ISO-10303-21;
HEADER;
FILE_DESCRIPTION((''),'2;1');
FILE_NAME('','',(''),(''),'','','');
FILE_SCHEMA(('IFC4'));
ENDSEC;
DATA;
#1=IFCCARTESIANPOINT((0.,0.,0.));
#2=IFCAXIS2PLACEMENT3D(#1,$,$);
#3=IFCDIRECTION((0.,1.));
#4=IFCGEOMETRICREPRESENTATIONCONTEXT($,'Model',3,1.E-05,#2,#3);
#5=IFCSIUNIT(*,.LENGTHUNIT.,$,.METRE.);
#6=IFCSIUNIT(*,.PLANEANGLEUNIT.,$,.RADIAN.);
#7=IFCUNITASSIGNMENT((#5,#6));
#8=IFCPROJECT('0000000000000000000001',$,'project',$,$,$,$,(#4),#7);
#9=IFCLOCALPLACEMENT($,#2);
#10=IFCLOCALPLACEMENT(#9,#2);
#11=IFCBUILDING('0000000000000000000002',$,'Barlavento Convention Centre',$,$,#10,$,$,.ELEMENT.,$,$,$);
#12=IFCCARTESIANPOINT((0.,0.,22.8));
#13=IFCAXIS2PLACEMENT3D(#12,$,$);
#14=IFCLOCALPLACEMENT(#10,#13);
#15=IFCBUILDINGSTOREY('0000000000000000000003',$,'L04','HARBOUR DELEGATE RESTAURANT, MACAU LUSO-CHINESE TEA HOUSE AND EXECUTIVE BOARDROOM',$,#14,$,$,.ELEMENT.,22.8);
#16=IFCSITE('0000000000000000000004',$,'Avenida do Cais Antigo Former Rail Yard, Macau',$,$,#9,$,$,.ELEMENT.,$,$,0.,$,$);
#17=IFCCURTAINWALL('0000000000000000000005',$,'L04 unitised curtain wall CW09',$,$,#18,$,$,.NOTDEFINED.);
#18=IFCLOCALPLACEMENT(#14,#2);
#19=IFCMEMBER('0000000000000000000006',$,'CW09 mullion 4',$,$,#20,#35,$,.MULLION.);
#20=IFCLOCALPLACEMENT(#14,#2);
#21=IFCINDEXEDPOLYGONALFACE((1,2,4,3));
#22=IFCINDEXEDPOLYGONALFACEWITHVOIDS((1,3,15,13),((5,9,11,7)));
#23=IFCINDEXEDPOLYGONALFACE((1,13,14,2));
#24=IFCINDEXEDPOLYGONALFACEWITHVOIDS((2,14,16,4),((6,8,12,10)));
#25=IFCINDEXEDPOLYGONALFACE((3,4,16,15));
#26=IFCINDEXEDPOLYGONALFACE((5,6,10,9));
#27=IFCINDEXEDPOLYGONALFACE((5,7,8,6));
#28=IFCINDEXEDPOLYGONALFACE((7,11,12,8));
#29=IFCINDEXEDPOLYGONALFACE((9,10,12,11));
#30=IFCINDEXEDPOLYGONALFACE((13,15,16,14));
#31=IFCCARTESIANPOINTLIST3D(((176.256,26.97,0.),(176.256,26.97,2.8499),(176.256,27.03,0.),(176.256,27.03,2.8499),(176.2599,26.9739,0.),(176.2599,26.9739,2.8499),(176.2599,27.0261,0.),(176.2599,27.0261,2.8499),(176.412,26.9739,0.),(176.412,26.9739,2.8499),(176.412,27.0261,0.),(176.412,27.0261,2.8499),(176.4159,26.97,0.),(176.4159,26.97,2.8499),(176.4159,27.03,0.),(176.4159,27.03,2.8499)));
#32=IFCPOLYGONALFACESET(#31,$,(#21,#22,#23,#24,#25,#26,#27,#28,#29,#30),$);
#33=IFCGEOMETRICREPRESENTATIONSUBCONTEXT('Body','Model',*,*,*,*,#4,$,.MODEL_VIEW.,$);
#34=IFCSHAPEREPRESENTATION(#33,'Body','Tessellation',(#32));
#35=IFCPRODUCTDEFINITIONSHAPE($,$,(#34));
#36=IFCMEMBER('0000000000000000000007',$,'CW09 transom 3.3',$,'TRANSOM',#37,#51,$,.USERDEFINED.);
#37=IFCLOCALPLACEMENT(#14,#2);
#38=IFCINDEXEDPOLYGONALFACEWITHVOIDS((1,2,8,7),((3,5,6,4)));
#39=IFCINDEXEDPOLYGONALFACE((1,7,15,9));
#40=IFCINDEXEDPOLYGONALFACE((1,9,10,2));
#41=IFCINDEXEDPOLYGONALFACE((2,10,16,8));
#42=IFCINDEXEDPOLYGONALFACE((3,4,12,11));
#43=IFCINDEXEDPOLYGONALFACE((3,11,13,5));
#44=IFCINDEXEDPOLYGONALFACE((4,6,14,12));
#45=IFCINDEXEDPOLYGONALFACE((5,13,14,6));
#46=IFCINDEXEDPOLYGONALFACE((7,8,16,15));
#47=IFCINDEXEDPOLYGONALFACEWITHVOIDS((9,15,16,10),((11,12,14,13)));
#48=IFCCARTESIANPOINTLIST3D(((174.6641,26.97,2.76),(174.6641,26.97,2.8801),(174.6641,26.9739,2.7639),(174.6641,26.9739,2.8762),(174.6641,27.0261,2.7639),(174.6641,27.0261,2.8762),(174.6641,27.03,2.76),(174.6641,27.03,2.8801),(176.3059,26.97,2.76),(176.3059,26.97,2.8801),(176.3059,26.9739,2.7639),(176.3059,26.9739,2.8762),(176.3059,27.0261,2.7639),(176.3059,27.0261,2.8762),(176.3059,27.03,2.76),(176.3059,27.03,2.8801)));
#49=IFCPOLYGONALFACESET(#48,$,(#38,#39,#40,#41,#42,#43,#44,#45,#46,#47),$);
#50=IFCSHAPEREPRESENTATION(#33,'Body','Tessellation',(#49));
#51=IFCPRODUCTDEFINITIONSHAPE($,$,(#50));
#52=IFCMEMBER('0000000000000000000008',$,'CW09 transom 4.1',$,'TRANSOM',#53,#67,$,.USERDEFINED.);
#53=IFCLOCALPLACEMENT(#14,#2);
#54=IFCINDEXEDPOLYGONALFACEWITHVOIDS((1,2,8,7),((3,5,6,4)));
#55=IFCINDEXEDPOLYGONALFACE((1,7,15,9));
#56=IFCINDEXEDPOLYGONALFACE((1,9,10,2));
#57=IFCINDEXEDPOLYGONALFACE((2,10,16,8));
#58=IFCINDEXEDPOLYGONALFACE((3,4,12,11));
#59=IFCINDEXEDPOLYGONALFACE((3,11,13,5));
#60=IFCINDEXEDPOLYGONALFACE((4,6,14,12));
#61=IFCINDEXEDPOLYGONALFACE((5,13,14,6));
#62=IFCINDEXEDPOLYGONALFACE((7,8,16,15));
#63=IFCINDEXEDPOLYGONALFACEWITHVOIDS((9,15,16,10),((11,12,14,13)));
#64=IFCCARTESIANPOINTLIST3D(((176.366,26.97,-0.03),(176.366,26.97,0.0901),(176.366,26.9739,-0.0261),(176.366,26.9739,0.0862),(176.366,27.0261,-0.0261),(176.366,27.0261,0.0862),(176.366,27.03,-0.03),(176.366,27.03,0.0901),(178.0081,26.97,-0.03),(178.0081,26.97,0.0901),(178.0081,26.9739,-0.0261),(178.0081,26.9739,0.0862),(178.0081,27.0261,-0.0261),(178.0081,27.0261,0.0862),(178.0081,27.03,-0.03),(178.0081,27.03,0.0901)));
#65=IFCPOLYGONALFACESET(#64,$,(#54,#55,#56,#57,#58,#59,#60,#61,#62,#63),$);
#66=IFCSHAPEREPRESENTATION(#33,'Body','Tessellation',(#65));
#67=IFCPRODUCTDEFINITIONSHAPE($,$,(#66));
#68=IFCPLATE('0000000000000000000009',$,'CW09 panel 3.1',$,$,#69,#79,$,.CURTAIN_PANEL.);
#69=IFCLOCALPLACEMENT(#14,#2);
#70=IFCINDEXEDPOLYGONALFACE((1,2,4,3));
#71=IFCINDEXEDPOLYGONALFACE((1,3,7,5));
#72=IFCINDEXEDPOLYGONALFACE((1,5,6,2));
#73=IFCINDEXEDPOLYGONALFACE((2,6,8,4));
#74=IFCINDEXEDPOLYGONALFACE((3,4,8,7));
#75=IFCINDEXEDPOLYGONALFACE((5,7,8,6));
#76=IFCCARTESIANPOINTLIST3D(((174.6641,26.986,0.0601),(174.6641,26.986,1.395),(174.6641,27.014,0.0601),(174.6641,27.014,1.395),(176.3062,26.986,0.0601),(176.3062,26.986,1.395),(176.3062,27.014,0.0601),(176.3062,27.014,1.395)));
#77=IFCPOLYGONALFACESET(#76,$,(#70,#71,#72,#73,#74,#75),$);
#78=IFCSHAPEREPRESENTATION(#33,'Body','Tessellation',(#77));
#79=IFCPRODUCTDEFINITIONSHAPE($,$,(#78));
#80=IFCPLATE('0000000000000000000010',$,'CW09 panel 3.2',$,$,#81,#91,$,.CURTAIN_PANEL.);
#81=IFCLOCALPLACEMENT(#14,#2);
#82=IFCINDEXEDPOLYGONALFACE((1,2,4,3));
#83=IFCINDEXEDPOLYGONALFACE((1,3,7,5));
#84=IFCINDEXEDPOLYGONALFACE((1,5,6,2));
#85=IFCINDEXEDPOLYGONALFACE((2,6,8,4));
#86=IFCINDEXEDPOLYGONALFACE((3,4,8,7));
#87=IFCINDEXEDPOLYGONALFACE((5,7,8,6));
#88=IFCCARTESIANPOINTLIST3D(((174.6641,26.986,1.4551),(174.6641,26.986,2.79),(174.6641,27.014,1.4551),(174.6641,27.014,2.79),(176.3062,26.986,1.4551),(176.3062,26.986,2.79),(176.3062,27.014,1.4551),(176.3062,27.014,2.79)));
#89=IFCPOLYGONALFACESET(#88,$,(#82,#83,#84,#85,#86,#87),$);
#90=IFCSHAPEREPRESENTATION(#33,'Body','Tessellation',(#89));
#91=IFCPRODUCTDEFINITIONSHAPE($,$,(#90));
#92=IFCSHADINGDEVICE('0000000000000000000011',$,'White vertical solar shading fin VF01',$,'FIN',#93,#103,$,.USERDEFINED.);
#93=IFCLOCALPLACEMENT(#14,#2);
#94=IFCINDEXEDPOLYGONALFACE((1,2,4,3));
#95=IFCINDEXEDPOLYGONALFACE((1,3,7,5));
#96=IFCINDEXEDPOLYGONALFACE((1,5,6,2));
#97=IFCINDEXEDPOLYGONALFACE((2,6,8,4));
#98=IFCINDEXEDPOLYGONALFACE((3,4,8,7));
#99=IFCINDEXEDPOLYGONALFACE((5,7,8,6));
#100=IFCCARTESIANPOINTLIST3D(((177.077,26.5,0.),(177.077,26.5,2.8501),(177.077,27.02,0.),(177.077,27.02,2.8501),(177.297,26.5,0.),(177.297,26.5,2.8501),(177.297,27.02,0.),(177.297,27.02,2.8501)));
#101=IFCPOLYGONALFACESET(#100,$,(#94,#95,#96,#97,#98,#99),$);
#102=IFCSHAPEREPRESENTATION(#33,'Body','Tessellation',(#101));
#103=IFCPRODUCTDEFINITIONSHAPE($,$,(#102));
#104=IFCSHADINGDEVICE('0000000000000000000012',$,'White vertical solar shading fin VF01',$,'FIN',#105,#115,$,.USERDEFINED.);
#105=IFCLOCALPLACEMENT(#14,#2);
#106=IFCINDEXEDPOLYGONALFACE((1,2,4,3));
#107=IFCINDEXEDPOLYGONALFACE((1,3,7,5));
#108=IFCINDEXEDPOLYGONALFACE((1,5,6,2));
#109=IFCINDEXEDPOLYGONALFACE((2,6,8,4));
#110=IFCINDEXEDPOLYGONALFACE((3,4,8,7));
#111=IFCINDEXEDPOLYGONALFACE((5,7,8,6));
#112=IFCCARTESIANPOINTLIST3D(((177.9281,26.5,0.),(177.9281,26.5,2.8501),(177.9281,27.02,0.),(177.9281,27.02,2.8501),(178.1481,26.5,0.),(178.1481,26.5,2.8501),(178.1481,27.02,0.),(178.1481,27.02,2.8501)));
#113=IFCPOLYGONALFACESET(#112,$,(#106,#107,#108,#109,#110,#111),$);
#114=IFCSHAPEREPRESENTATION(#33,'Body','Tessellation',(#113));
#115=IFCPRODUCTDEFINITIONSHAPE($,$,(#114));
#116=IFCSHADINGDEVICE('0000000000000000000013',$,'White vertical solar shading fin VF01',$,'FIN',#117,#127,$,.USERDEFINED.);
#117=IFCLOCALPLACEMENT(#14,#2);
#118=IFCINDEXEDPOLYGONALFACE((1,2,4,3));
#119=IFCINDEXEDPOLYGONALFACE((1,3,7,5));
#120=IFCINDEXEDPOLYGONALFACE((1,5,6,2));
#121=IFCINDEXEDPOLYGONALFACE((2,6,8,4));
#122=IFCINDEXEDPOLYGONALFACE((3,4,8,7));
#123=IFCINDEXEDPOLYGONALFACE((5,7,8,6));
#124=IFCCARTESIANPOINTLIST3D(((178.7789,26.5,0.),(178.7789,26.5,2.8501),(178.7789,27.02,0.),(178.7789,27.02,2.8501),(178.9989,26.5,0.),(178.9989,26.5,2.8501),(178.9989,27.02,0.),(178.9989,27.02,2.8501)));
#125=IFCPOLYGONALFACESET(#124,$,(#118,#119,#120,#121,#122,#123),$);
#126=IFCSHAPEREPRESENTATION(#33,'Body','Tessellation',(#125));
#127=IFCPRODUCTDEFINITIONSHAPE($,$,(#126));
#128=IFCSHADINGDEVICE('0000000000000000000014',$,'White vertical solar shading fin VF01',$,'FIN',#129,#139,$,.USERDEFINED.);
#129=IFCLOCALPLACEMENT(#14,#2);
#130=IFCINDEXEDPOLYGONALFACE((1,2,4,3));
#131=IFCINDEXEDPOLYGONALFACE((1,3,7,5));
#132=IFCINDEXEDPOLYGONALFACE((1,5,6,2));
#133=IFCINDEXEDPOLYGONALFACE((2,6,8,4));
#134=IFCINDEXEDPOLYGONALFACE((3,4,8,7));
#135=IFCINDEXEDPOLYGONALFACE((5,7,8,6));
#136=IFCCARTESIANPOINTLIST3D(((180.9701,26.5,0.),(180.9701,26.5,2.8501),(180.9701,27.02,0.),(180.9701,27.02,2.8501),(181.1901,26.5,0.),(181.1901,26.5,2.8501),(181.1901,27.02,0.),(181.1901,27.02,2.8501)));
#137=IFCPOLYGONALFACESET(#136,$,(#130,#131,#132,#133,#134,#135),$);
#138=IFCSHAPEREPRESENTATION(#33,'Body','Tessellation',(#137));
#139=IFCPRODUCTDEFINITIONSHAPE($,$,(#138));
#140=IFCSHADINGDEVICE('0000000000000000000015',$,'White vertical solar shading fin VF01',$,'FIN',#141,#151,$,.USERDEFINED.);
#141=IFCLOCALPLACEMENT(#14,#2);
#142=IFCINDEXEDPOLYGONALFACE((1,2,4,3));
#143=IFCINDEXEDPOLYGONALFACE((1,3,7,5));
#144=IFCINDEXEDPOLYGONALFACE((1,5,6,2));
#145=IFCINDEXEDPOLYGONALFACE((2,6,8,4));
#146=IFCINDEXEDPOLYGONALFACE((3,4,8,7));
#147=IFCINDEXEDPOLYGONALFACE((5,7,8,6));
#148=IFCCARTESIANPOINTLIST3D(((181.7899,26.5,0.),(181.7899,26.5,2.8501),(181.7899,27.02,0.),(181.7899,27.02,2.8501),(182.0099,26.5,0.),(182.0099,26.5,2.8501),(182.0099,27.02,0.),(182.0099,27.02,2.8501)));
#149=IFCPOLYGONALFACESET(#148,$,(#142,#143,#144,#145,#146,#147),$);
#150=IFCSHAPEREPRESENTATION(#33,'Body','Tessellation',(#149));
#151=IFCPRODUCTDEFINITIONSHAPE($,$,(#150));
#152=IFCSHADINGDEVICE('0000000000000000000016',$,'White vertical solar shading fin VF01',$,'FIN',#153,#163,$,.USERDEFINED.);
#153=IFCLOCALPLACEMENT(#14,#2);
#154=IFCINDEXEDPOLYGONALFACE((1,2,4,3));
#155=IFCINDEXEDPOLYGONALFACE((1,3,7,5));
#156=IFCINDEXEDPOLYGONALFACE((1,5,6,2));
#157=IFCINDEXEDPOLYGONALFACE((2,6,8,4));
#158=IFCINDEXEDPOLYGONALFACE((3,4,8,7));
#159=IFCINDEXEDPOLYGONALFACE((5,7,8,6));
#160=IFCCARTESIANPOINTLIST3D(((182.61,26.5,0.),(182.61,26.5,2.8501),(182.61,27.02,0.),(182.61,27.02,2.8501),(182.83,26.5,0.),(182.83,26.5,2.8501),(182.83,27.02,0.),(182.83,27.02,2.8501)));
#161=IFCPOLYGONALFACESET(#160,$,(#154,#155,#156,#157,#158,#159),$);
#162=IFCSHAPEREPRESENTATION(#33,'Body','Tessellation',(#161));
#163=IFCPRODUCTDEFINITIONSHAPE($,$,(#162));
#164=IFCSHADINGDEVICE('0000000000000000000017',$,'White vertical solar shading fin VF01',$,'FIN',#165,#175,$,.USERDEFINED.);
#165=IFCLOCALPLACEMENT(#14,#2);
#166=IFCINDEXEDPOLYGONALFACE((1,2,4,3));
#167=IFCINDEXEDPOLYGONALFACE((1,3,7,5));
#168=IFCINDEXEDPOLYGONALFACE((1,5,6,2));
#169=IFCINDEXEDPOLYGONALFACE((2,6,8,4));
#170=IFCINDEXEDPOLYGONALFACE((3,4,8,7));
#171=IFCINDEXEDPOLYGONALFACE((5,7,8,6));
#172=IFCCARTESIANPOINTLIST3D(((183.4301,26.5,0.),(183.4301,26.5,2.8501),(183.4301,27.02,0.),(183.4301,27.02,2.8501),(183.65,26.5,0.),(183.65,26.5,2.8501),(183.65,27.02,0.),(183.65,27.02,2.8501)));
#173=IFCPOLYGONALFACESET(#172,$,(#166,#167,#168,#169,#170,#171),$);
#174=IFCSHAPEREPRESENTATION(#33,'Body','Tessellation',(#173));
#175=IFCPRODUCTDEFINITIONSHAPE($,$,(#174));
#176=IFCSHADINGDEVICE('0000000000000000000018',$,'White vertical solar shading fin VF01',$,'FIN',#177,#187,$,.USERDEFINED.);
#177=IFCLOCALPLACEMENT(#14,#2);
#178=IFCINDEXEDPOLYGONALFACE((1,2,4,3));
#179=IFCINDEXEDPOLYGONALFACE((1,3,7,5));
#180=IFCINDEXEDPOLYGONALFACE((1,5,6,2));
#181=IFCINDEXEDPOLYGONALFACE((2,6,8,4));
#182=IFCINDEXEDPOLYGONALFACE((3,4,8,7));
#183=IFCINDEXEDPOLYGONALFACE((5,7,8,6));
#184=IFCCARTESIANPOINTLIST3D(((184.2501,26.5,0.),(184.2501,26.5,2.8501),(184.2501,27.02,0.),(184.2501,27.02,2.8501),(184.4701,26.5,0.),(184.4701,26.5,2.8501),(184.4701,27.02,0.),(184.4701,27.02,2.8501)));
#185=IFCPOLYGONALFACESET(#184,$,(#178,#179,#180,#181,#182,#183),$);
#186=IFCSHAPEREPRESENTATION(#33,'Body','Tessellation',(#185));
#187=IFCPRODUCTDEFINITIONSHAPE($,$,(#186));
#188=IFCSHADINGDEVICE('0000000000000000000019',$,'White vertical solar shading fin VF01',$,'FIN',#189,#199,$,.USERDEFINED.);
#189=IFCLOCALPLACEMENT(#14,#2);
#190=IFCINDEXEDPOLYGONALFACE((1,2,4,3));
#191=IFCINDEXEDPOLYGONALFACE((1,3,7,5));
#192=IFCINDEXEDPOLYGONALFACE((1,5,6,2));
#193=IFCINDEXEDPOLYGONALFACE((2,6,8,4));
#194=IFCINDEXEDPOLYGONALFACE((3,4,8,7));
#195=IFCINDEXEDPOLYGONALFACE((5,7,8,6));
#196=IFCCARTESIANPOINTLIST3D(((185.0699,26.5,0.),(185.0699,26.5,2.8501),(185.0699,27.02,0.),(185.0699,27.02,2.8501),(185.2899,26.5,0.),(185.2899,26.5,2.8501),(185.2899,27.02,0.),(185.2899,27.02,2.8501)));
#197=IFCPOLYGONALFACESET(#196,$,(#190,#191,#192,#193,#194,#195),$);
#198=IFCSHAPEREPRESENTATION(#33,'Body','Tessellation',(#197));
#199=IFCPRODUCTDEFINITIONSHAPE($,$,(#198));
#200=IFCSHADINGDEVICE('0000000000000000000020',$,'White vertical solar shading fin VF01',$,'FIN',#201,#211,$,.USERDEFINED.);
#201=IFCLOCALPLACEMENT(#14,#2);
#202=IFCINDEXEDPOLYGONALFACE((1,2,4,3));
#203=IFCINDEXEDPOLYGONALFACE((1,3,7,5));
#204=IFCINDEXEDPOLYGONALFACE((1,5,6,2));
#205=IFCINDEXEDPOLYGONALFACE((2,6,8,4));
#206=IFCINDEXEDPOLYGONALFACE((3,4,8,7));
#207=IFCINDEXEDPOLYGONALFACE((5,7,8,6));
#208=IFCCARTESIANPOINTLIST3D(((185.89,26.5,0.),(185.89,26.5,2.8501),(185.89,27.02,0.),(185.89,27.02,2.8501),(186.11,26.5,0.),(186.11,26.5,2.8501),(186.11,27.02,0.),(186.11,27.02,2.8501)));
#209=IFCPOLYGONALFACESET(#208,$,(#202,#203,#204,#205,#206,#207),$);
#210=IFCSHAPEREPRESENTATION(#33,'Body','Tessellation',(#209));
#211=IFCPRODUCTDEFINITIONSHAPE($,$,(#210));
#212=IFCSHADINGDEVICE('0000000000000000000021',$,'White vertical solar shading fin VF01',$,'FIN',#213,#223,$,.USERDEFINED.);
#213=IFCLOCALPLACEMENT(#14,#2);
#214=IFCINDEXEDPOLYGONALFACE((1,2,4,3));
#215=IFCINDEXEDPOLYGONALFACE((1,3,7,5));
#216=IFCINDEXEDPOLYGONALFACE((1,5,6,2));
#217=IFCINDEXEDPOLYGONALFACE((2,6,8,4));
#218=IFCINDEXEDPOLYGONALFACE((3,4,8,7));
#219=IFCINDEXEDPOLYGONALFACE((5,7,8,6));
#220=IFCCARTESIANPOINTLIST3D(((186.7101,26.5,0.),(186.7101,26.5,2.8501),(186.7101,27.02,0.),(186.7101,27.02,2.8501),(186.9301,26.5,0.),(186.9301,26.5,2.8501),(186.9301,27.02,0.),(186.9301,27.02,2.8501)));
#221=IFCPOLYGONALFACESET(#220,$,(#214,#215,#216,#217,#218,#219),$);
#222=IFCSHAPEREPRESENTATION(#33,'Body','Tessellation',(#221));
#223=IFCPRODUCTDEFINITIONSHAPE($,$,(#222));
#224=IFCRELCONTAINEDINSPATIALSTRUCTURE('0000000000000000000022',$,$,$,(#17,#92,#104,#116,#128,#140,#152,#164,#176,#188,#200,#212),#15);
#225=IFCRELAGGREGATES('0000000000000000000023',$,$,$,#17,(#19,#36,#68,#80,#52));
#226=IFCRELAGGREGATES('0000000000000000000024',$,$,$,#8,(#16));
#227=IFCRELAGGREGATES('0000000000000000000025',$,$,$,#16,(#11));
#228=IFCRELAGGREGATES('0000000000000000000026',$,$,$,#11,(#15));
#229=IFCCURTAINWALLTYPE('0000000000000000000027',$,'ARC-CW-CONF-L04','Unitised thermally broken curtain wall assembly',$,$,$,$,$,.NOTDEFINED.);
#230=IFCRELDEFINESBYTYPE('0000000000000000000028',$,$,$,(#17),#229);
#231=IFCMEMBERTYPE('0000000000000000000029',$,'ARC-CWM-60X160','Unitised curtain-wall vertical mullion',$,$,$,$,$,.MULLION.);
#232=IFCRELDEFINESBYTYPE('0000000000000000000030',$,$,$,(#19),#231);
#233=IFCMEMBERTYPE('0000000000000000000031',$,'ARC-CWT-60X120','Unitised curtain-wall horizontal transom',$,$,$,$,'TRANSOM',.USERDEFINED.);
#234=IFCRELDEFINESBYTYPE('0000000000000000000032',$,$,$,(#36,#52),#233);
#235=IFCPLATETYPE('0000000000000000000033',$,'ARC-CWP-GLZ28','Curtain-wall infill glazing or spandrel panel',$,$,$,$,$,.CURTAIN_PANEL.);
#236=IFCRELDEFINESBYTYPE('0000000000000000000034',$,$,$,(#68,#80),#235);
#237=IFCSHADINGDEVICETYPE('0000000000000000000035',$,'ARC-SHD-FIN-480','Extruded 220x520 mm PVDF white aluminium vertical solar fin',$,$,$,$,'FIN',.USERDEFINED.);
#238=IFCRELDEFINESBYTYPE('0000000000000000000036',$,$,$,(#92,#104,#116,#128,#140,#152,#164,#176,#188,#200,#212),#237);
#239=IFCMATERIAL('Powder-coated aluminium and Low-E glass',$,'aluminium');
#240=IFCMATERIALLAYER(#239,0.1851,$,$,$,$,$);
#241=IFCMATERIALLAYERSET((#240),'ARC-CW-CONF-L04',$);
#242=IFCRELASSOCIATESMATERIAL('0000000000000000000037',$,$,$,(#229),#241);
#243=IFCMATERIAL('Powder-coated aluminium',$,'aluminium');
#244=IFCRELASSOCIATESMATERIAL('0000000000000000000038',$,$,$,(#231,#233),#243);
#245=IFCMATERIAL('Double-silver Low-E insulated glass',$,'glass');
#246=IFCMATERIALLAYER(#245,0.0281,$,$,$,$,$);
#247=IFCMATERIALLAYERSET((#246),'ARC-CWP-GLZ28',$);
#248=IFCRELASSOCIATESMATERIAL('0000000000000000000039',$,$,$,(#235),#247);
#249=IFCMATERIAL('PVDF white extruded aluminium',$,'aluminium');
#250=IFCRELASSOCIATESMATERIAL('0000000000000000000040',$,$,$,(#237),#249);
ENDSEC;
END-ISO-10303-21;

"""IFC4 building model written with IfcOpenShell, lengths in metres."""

from ifc_helpers import new_model, si_unit, direction, frame, origin, origin_2d, place, context, subcontext, project, spatial, rectangle, hollow_rectangle, extrude, material, layer, layer_set, material_profile, profile_set, type_object, element, aggregate, save


model = new_model("IFC4")

# Units and contexts
model_context = context("Model", 3, precision=1e-05, world=origin(), true_north=direction((0.0, 1.0)))
body_context = subcontext(model_context, "Body", "Model", "MODEL_VIEW")
ifc_project = project(units=[si_unit("LENGTHUNIT", "METRE"), si_unit("PLANEANGLEUNIT", "RADIAN")], contexts=[model_context])

# Site, building, storey
site_placement = place(None, origin())
site = spatial("IfcSite", under=ifc_project, at=site_placement, Name="Avenida do Cais Antigo Former Rail Yard, Macau", CompositionType="ELEMENT", RefElevation=0.0)
building_placement = place(site_placement, origin())
building = spatial("IfcBuilding", under=site, at=building_placement, Name="Barlavento Convention Centre", CompositionType="ELEMENT")
storey_placement = place(building_placement, frame((0.0, 0.0, 22.8)))
storey = spatial("IfcBuildingStorey", under=building, at=storey_placement, Name="L04", Description="HARBOUR DELEGATE RESTAURANT, MACAU LUSO-CHINESE TEA HOUSE AND EXECUTIVE BOARDROOM", CompositionType="ELEMENT", Elevation=22.8)

# Curtain wall, members, plates
ifc_material_1 = material(Name="Powder-coated aluminium and Low-E glass", Category="aluminium")
ifc_layer_1 = layer(ifc_material_1, 0.1851)
ifc_layer_set_1 = layer_set([ifc_layer_1], Name="ARC-CW-CONF-L04")
curtain_wall_type = type_object("IfcCurtainWallType", Name="ARC-CW-CONF-L04", Description="Unitised thermally broken curtain wall assembly", PredefinedType="NOTDEFINED", material=ifc_layer_set_1)
curtain_wall_placement = place(storey_placement, origin())
curtain_wall = element("IfcCurtainWall", 1, at=curtain_wall_placement, inside=storey, type_object=curtain_wall_type, Name="L04 unitised curtain wall CW09", PredefinedType="NOTDEFINED")
ifc_material_2 = material(Name="Powder-coated aluminium", Category="aluminium")
ifc_material_profile_1 = material_profile(ifc_material_2, hollow_rectangle(XDim=0.0601, YDim=0.1599, WallThickness=0.0039, at=origin_2d()), Name="AL-MULL 60x160x4")
ifc_profile_set_1 = profile_set([ifc_material_profile_1], Name="Powder-coated aluminium")
member_type_1 = type_object("IfcMemberType", Name="ARC-CWM-60X160", Description="Unitised curtain-wall vertical mullion", PredefinedType="MULLION", material=ifc_profile_set_1)
member_1_placement = place(storey_placement, frame((176.3359, 27.0, 0.0), z_axis=(0.0, 0.0, 1.0), x_axis=(0.0, 1.0, 0.0)))
member_1 = element("IfcMember", 2, at=member_1_placement, type_object=member_type_1, Name="CW09 mullion 4", PredefinedType="MULLION", context=body_context, shape_type="SweptSolid", body=[
    extrude(hollow_rectangle(XDim=0.0601, YDim=0.1599, WallThickness=0.0039, at=origin_2d()), origin(), (0.0, 0.0, 1.0), 2.8499),
])
ifc_material_profile_2 = material_profile(ifc_material_2, hollow_rectangle(XDim=0.0601, YDim=0.1201, WallThickness=0.0039, at=origin_2d()), Name="AL-TRAN 60x120x4")
ifc_profile_set_2 = profile_set([ifc_material_profile_2], Name="Powder-coated aluminium")
member_type_2 = type_object("IfcMemberType", Name="ARC-CWT-60X120", Description="Unitised curtain-wall horizontal transom", ElementType="TRANSOM", PredefinedType="USERDEFINED", material=ifc_profile_set_2)
member_2_placement = place(storey_placement, frame((174.6641, 27.0, 2.8201), z_axis=(1.0, 0.0, 0.0), x_axis=(0.0, 1.0, 0.0)))
member_2 = element("IfcMember", 3, at=member_2_placement, type_object=member_type_2, Name="CW09 transom 3.3", ObjectType="TRANSOM", PredefinedType="USERDEFINED", context=body_context, shape_type="SweptSolid", body=[
    extrude(hollow_rectangle(XDim=0.0601, YDim=0.1201, WallThickness=0.0039, at=origin_2d()), origin(), (0.0, 0.0, 1.0), 1.6418),
])
member_3_placement = place(storey_placement, frame((176.366, 27.0, 0.03), z_axis=(1.0, 0.0, 0.0), x_axis=(0.0, 1.0, 0.0)))
member_3 = element("IfcMember", 4, at=member_3_placement, type_object=member_type_2, Name="CW09 transom 4.1", ObjectType="TRANSOM", PredefinedType="USERDEFINED", context=body_context, shape_type="SweptSolid", body=[
    extrude(hollow_rectangle(XDim=0.0601, YDim=0.1201, WallThickness=0.0039, at=origin_2d()), origin(), (0.0, 0.0, 1.0), 1.6421),
])
ifc_material_3 = material(Name="Double-silver Low-E insulated glass", Category="glass")
ifc_layer_2 = layer(ifc_material_3, 0.0281)
ifc_layer_set_2 = layer_set([ifc_layer_2], Name="ARC-CWP-GLZ28")
plate_type = type_object("IfcPlateType", Name="ARC-CWP-GLZ28", Description="Curtain-wall infill glazing or spandrel panel", PredefinedType="CURTAIN_PANEL", material=ifc_layer_set_2)
plate_1_placement = place(storey_placement, frame((175.4851, 27.0, 0.0601), z_axis=(0.0, 0.0, 1.0), x_axis=(1.0, 0.0, 0.0)))
plate_1 = element("IfcPlate", 5, at=plate_1_placement, type_object=plate_type, Name="CW09 panel 3.1", PredefinedType="CURTAIN_PANEL", context=body_context, shape_type="SweptSolid", body=[
    extrude(rectangle(XDim=1.6421, YDim=0.0281, at=origin_2d()), origin(), (0.0, 0.0, 1.0), 1.335),
])
plate_2_placement = place(storey_placement, frame((175.4851, 27.0, 1.4551), z_axis=(0.0, 0.0, 1.0), x_axis=(1.0, 0.0, 0.0)))
plate_2 = element("IfcPlate", 6, at=plate_2_placement, type_object=plate_type, Name="CW09 panel 3.2", PredefinedType="CURTAIN_PANEL", context=body_context, shape_type="SweptSolid", body=[
    extrude(rectangle(XDim=1.6421, YDim=0.0281, at=origin_2d()), origin(), (0.0, 0.0, 1.0), 1.335),
])
aggregate(curtain_wall, [member_1, member_2, plate_1, plate_2, member_3])

# Shading devices
ifc_material_4 = material(Name="PVDF white extruded aluminium", Category="aluminium")
shading_device_type = type_object("IfcShadingDeviceType", Name="ARC-SHD-FIN-480", Description="Extruded 220x520 mm PVDF white aluminium vertical solar fin", ElementType="FIN", PredefinedType="USERDEFINED", material=ifc_material_4)
for number, where, z_axis, x_axis, name in (
    (7, (177.187, 26.76, 0.0), (0.0, 0.0, 1.0), (1.0, 0.0, 0.0), "White vertical solar shading fin VF01"),
    (8, (178.0381, 26.76, 0.0), (0.0, 0.0, 1.0), (1.0, 0.0, 0.0), "White vertical solar shading fin VF01"),
    (9, (178.8889, 26.76, 0.0), (0.0, 0.0, 1.0), (1.0, 0.0, 0.0), "White vertical solar shading fin VF01"),
    (10, (181.0801, 26.76, 0.0), (0.0, 0.0, 1.0), (1.0, 0.0, 0.0), "White vertical solar shading fin VF01"),
    (11, (181.8999, 26.76, 0.0), (0.0, 0.0, 1.0), (1.0, 0.0, 0.0), "White vertical solar shading fin VF01"),
    (12, (182.72, 26.76, 0.0), (0.0, 0.0, 1.0), (1.0, 0.0, 0.0), "White vertical solar shading fin VF01"),
    (13, (183.54, 26.76, 0.0), (0.0, 0.0, 1.0), (1.0, 0.0, 0.0), "White vertical solar shading fin VF01"),
    (14, (184.3601, 26.76, 0.0), (0.0, 0.0, 1.0), (1.0, 0.0, 0.0), "White vertical solar shading fin VF01"),
    (15, (185.1799, 26.76, 0.0), (0.0, 0.0, 1.0), (1.0, 0.0, 0.0), "White vertical solar shading fin VF01"),
    (16, (186.0, 26.76, 0.0), (0.0, 0.0, 1.0), (1.0, 0.0, 0.0), "White vertical solar shading fin VF01"),
    (17, (186.8201, 26.76, 0.0), (0.0, 0.0, 1.0), (1.0, 0.0, 0.0), "White vertical solar shading fin VF01"),
):
    element("IfcShadingDevice", number, at=place(storey_placement, frame(where, z_axis=z_axis, x_axis=x_axis)), inside=storey, type_object=shading_device_type, Name=name, ObjectType="FIN", PredefinedType="USERDEFINED", context=body_context, shape_type="SweptSolid", body=[
        extrude(rectangle(XDim=0.22, YDim=0.52, at=origin_2d()), origin(), (0.0, 0.0, 1.0), 2.8501),
    ])

save(model, "model.ifc")
